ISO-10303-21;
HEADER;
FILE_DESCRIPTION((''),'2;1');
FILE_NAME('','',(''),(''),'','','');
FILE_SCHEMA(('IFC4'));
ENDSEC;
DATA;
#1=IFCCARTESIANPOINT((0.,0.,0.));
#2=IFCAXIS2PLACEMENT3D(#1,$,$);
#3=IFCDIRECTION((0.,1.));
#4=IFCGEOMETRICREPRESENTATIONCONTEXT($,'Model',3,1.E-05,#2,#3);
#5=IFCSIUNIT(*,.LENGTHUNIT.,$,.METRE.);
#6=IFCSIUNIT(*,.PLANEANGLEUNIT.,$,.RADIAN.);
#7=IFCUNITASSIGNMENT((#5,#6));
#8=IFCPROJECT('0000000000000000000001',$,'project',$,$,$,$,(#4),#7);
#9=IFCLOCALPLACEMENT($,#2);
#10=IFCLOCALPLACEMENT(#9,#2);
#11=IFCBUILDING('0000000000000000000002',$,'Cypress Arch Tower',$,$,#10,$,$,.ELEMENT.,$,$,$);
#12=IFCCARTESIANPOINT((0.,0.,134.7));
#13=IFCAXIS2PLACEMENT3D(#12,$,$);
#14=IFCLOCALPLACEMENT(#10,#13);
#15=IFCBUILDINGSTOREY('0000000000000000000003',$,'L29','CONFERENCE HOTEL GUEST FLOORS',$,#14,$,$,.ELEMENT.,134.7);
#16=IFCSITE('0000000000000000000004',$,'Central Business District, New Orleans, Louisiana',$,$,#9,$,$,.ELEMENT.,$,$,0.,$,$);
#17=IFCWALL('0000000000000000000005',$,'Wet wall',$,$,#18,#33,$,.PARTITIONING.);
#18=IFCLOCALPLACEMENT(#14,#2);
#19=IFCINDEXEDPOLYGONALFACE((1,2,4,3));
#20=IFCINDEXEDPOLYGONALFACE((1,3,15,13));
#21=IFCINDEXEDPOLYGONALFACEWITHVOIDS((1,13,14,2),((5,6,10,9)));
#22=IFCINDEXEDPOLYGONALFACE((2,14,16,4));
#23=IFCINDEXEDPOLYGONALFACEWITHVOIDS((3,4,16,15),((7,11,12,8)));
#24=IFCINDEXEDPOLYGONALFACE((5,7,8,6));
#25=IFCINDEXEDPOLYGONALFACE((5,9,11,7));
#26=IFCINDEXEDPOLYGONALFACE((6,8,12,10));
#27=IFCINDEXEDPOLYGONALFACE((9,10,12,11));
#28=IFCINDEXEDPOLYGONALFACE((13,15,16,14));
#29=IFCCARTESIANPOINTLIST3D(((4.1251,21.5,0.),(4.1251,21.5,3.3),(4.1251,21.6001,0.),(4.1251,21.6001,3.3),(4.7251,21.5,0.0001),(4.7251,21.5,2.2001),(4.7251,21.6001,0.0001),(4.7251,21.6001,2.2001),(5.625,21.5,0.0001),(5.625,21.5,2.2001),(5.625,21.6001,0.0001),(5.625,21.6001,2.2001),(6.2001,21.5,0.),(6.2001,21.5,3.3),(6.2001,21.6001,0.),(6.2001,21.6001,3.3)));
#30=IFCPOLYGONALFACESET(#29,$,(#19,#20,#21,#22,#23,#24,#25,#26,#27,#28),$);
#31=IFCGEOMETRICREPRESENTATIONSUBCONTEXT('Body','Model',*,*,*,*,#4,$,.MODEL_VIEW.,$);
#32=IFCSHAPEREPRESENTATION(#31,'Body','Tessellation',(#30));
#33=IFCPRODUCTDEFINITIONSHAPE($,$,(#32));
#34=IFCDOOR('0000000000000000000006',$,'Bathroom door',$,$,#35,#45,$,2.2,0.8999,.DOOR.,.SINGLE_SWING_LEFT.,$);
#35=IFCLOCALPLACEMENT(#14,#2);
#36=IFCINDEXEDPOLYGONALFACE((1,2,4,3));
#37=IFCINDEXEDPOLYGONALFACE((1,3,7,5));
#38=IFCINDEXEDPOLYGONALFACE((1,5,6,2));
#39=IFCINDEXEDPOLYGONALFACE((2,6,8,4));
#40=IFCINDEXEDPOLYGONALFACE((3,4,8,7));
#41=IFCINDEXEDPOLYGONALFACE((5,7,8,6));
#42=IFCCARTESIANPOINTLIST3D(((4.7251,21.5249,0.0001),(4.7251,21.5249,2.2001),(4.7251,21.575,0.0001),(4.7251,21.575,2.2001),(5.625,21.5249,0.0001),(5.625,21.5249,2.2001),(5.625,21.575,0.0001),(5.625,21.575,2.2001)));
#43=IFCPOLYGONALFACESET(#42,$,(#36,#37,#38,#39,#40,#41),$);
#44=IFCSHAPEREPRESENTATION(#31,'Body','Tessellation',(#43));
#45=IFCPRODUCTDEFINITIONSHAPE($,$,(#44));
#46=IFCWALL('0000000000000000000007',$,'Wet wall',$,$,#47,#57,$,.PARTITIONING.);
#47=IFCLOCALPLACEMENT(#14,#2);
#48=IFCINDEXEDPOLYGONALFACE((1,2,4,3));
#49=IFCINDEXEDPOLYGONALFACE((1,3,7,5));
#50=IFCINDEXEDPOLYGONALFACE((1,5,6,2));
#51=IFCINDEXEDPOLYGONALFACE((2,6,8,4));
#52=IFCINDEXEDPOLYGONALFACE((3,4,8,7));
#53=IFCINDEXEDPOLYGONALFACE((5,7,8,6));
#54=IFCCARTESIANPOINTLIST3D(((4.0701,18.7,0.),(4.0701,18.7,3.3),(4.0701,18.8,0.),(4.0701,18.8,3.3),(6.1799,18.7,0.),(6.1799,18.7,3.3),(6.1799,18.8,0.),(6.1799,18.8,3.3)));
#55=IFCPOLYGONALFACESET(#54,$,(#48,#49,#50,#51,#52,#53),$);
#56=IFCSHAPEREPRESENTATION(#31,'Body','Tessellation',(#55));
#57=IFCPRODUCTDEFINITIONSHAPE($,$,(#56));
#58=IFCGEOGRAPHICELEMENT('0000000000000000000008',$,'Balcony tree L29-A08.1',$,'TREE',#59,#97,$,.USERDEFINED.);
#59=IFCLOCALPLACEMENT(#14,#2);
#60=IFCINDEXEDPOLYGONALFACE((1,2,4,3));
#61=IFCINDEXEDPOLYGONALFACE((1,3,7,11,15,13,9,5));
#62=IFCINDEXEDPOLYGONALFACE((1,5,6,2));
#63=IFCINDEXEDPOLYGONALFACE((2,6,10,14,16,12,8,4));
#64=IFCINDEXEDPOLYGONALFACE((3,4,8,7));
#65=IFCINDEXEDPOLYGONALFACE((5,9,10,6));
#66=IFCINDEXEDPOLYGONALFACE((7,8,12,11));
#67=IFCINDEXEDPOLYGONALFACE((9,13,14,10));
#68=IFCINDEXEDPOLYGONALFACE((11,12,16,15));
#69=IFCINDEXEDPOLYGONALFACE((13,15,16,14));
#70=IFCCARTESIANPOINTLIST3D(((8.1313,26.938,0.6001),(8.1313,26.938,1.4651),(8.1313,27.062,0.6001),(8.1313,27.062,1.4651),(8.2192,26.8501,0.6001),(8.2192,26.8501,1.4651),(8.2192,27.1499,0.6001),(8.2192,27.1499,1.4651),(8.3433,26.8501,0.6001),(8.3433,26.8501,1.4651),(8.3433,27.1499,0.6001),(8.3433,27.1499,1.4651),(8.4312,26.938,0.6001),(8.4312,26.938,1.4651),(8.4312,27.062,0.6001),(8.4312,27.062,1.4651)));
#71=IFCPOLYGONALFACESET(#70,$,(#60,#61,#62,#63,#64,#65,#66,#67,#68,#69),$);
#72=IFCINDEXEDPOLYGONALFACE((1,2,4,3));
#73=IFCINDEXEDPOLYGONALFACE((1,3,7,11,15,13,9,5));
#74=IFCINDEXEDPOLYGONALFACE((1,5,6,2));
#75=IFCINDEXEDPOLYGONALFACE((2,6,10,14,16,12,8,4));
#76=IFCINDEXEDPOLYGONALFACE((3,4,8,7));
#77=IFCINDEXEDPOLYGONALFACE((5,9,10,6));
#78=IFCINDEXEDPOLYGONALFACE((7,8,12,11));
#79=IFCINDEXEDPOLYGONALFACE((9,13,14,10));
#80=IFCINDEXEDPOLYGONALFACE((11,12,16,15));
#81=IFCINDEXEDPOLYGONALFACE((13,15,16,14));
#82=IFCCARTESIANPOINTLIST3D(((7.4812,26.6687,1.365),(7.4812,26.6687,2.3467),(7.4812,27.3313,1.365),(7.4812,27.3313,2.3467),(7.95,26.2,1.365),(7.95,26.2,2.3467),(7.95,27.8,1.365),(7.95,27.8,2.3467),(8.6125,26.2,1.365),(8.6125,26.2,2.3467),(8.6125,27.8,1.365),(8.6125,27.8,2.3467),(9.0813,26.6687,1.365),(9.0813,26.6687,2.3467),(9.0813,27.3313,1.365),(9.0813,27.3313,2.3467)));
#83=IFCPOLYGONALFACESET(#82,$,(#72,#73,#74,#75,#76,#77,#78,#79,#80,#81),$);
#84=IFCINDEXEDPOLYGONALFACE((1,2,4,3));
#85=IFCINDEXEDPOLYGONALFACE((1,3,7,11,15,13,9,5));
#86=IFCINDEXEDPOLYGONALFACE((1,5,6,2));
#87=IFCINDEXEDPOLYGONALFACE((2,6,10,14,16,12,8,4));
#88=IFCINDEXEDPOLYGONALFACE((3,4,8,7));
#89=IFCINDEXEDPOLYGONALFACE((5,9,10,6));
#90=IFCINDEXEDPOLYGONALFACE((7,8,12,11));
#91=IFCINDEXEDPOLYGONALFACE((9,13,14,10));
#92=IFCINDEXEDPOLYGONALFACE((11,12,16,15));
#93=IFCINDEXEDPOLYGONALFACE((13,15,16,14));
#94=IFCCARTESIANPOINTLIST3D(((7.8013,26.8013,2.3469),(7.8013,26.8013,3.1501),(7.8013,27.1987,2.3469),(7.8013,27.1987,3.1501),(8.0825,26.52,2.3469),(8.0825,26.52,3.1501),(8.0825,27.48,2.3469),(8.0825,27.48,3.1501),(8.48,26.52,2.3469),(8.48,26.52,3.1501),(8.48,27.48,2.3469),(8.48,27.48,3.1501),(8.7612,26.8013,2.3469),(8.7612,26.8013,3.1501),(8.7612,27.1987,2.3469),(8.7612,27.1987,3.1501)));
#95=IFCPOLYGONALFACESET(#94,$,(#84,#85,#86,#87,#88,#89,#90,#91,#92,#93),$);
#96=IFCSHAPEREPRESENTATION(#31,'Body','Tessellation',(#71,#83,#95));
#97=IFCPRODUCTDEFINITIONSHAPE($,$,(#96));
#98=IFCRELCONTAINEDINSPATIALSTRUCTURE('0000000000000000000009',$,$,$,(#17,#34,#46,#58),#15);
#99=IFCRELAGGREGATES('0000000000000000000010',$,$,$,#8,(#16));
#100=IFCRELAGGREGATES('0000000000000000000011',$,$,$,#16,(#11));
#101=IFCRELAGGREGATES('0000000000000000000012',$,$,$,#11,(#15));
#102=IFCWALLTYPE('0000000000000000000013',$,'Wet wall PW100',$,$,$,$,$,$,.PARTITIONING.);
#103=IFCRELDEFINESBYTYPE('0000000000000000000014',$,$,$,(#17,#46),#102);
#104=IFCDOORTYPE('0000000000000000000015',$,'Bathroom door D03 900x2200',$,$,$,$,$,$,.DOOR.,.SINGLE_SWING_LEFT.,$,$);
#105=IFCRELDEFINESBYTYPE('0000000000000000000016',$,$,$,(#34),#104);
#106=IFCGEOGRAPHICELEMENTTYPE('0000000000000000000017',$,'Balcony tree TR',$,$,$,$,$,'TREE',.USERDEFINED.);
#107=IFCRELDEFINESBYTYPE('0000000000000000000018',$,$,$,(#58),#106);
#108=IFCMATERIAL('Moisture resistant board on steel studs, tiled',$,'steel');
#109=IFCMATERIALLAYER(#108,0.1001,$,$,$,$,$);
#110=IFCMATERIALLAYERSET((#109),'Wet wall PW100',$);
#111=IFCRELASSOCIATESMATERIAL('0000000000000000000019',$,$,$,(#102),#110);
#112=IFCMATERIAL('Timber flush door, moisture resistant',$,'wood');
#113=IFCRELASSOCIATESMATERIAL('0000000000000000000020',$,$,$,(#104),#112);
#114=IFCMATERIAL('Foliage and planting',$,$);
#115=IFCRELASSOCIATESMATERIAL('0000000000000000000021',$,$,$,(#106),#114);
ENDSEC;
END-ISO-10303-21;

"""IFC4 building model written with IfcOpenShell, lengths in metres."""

from ifc_helpers import new_model, si_unit, direction, frame, frame_2d, origin, place, context, subcontext, project, spatial, polyline, rectangle, outline, extrude, material, layer, layer_set, type_object, element, fill, save


model = new_model("IFC4")

# Units and contexts
model_context = context("Model", 3, precision=1e-05, world=origin(), true_north=direction((0.0, 1.0)))
body_context = subcontext(model_context, "Body", "Model", "MODEL_VIEW")
ifc_project = project(units=[si_unit("LENGTHUNIT", "METRE"), si_unit("PLANEANGLEUNIT", "RADIAN")], contexts=[model_context])

# Site, building, storey
site_placement = place(None, origin())
site = spatial("IfcSite", under=ifc_project, at=site_placement, Name="Central Business District, New Orleans, Louisiana", CompositionType="ELEMENT", RefElevation=0.0)
building_placement = place(site_placement, origin())
building = spatial("IfcBuilding", under=site, at=building_placement, Name="Cypress Arch Tower", CompositionType="ELEMENT")
storey_placement = place(building_placement, frame((0.0, 0.0, 134.7)))
storey = spatial("IfcBuildingStorey", under=building, at=storey_placement, Name="L29", Description="CONFERENCE HOTEL GUEST FLOORS", CompositionType="ELEMENT", Elevation=134.7)

# Wall, opening, door
ifc_material_1 = material(Name="Moisture resistant board on steel studs, tiled", Category="steel")
ifc_layer_1 = layer(ifc_material_1, 0.1001)
ifc_layer_set_1 = layer_set([ifc_layer_1], Name="Wet wall PW100")
wall_type_1 = type_object("IfcWallType", Name="Wet wall PW100", PredefinedType="PARTITIONING", material=ifc_layer_set_1)
ifc_material_2 = material(Name="Timber flush door, moisture resistant", Category="wood")
door_type_1 = type_object("IfcDoorType", Name="Bathroom door D03 900x2200", OperationType="SINGLE_SWING_LEFT", PredefinedType="DOOR", material=ifc_material_2)
wall_1_placement = place(storey_placement, frame((4.125, 21.55, 0.0), z_axis=(0.0, 0.0, 1.0), x_axis=(1.0, 0.0, 0.0)))
wall_1 = element("IfcWall", 1, at=wall_1_placement, inside=storey, type_object=wall_type_1, Name="Wet wall", PredefinedType="PARTITIONING", context=body_context, shape_type="SweptSolid", body=[
    extrude(rectangle(XDim=2.075, YDim=0.1001, at=frame_2d((1.0376, 0.0))), origin(), (0.0, 0.0, 1.0), 3.3),
])
opening_1_placement = place(wall_1_placement, frame((0.6001, 0.0, 0.0)))
opening_1 = element("IfcOpeningElement", 2, at=opening_1_placement, cuts=wall_1, PredefinedType="OPENING", context=body_context, shape_type="SweptSolid", body=[
    extrude(rectangle(XDim=0.8999, YDim=2.2, at=frame_2d((0.45, 1.1001))), frame((0.0, 0.0601, 0.0), z_axis=(0.0, -1.0, 0.0), x_axis=(1.0, 0.0, 0.0)), (0.0, 0.0, 1.0), 0.1201),
])
door_1_placement = place(opening_1_placement, origin())
door_1 = element("IfcDoor", 3, at=door_1_placement, inside=storey, type_object=door_type_1, Name="Bathroom door", OperationType="SINGLE_SWING_LEFT", OverallHeight=2.2, OverallWidth=0.8999, PredefinedType="DOOR", context=body_context, shape_type="SweptSolid", body=[
    extrude(rectangle(XDim=0.8999, YDim=2.2, at=frame_2d((0.45, 1.1001))), frame((0.0, 0.0249, 0.0), z_axis=(0.0, -1.0, 0.0), x_axis=(1.0, 0.0, 0.0)), (0.0, 0.0, 1.0), 0.05),
])
fill(opening_1, door_1)

# Wall
wall_2_placement = place(storey_placement, frame((4.0701, 18.75, 0.0), z_axis=(0.0, 0.0, 1.0), x_axis=(1.0, 0.0, 0.0)))
element("IfcWall", 4, at=wall_2_placement, inside=storey, type_object=wall_type_1, Name="Wet wall", PredefinedType="PARTITIONING", context=body_context, shape_type="SweptSolid", body=[
    extrude(rectangle(XDim=2.1099, YDim=0.1001, at=frame_2d((1.0549, 0.0))), origin(), (0.0, 0.0, 1.0), 3.3),
])

# Geographic element
ifc_material_3 = material(Name="Foliage and planting")
geographic_element_type = type_object("IfcGeographicElementType", Name="Balcony tree TR", ElementType="TREE", PredefinedType="USERDEFINED", material=ifc_material_3)
geographic_element_placement = place(storey_placement, frame((8.2812, 27.0, 0.6001), z_axis=(0.0, 0.0, 1.0), x_axis=(1.0, 0.0, 0.0)))
element("IfcGeographicElement", 5, at=geographic_element_placement, inside=storey, type_object=geographic_element_type, Name="Balcony tree L29-A08.1", ObjectType="TREE", PredefinedType="USERDEFINED", context=body_context, shape_type="SweptSolid", body=[
    extrude(outline(polyline([(0.1499, 0.062), (0.062, 0.1499), (-0.062, 0.1499), (-0.1499, 0.062), (-0.1499, -0.062), (-0.062, -0.1499), (0.062, -0.1499), (0.1499, -0.062), (0.1499, 0.062)])), origin(), (0.0, 0.0, 1.0), 0.865),
    extrude(outline(polyline([(0.8, 0.3313), (0.3313, 0.8), (-0.3313, 0.8), (-0.8, 0.3313), (-0.8, -0.3313), (-0.3313, -0.8), (0.3313, -0.8), (0.8, -0.3313), (0.8, 0.3313)])), frame((0.0, 0.0, 0.7649)), (0.0, 0.0, 1.0), 0.9817),
    extrude(outline(polyline([(0.48, 0.1987), (0.1987, 0.48), (-0.1987, 0.48), (-0.48, 0.1987), (-0.48, -0.1987), (-0.1987, -0.48), (0.1987, -0.48), (0.48, -0.1987), (0.48, 0.1987)])), frame((0.0, 0.0, 1.7468)), (0.0, 0.0, 1.0), 0.8032),
])

save(model, "model.ifc")
